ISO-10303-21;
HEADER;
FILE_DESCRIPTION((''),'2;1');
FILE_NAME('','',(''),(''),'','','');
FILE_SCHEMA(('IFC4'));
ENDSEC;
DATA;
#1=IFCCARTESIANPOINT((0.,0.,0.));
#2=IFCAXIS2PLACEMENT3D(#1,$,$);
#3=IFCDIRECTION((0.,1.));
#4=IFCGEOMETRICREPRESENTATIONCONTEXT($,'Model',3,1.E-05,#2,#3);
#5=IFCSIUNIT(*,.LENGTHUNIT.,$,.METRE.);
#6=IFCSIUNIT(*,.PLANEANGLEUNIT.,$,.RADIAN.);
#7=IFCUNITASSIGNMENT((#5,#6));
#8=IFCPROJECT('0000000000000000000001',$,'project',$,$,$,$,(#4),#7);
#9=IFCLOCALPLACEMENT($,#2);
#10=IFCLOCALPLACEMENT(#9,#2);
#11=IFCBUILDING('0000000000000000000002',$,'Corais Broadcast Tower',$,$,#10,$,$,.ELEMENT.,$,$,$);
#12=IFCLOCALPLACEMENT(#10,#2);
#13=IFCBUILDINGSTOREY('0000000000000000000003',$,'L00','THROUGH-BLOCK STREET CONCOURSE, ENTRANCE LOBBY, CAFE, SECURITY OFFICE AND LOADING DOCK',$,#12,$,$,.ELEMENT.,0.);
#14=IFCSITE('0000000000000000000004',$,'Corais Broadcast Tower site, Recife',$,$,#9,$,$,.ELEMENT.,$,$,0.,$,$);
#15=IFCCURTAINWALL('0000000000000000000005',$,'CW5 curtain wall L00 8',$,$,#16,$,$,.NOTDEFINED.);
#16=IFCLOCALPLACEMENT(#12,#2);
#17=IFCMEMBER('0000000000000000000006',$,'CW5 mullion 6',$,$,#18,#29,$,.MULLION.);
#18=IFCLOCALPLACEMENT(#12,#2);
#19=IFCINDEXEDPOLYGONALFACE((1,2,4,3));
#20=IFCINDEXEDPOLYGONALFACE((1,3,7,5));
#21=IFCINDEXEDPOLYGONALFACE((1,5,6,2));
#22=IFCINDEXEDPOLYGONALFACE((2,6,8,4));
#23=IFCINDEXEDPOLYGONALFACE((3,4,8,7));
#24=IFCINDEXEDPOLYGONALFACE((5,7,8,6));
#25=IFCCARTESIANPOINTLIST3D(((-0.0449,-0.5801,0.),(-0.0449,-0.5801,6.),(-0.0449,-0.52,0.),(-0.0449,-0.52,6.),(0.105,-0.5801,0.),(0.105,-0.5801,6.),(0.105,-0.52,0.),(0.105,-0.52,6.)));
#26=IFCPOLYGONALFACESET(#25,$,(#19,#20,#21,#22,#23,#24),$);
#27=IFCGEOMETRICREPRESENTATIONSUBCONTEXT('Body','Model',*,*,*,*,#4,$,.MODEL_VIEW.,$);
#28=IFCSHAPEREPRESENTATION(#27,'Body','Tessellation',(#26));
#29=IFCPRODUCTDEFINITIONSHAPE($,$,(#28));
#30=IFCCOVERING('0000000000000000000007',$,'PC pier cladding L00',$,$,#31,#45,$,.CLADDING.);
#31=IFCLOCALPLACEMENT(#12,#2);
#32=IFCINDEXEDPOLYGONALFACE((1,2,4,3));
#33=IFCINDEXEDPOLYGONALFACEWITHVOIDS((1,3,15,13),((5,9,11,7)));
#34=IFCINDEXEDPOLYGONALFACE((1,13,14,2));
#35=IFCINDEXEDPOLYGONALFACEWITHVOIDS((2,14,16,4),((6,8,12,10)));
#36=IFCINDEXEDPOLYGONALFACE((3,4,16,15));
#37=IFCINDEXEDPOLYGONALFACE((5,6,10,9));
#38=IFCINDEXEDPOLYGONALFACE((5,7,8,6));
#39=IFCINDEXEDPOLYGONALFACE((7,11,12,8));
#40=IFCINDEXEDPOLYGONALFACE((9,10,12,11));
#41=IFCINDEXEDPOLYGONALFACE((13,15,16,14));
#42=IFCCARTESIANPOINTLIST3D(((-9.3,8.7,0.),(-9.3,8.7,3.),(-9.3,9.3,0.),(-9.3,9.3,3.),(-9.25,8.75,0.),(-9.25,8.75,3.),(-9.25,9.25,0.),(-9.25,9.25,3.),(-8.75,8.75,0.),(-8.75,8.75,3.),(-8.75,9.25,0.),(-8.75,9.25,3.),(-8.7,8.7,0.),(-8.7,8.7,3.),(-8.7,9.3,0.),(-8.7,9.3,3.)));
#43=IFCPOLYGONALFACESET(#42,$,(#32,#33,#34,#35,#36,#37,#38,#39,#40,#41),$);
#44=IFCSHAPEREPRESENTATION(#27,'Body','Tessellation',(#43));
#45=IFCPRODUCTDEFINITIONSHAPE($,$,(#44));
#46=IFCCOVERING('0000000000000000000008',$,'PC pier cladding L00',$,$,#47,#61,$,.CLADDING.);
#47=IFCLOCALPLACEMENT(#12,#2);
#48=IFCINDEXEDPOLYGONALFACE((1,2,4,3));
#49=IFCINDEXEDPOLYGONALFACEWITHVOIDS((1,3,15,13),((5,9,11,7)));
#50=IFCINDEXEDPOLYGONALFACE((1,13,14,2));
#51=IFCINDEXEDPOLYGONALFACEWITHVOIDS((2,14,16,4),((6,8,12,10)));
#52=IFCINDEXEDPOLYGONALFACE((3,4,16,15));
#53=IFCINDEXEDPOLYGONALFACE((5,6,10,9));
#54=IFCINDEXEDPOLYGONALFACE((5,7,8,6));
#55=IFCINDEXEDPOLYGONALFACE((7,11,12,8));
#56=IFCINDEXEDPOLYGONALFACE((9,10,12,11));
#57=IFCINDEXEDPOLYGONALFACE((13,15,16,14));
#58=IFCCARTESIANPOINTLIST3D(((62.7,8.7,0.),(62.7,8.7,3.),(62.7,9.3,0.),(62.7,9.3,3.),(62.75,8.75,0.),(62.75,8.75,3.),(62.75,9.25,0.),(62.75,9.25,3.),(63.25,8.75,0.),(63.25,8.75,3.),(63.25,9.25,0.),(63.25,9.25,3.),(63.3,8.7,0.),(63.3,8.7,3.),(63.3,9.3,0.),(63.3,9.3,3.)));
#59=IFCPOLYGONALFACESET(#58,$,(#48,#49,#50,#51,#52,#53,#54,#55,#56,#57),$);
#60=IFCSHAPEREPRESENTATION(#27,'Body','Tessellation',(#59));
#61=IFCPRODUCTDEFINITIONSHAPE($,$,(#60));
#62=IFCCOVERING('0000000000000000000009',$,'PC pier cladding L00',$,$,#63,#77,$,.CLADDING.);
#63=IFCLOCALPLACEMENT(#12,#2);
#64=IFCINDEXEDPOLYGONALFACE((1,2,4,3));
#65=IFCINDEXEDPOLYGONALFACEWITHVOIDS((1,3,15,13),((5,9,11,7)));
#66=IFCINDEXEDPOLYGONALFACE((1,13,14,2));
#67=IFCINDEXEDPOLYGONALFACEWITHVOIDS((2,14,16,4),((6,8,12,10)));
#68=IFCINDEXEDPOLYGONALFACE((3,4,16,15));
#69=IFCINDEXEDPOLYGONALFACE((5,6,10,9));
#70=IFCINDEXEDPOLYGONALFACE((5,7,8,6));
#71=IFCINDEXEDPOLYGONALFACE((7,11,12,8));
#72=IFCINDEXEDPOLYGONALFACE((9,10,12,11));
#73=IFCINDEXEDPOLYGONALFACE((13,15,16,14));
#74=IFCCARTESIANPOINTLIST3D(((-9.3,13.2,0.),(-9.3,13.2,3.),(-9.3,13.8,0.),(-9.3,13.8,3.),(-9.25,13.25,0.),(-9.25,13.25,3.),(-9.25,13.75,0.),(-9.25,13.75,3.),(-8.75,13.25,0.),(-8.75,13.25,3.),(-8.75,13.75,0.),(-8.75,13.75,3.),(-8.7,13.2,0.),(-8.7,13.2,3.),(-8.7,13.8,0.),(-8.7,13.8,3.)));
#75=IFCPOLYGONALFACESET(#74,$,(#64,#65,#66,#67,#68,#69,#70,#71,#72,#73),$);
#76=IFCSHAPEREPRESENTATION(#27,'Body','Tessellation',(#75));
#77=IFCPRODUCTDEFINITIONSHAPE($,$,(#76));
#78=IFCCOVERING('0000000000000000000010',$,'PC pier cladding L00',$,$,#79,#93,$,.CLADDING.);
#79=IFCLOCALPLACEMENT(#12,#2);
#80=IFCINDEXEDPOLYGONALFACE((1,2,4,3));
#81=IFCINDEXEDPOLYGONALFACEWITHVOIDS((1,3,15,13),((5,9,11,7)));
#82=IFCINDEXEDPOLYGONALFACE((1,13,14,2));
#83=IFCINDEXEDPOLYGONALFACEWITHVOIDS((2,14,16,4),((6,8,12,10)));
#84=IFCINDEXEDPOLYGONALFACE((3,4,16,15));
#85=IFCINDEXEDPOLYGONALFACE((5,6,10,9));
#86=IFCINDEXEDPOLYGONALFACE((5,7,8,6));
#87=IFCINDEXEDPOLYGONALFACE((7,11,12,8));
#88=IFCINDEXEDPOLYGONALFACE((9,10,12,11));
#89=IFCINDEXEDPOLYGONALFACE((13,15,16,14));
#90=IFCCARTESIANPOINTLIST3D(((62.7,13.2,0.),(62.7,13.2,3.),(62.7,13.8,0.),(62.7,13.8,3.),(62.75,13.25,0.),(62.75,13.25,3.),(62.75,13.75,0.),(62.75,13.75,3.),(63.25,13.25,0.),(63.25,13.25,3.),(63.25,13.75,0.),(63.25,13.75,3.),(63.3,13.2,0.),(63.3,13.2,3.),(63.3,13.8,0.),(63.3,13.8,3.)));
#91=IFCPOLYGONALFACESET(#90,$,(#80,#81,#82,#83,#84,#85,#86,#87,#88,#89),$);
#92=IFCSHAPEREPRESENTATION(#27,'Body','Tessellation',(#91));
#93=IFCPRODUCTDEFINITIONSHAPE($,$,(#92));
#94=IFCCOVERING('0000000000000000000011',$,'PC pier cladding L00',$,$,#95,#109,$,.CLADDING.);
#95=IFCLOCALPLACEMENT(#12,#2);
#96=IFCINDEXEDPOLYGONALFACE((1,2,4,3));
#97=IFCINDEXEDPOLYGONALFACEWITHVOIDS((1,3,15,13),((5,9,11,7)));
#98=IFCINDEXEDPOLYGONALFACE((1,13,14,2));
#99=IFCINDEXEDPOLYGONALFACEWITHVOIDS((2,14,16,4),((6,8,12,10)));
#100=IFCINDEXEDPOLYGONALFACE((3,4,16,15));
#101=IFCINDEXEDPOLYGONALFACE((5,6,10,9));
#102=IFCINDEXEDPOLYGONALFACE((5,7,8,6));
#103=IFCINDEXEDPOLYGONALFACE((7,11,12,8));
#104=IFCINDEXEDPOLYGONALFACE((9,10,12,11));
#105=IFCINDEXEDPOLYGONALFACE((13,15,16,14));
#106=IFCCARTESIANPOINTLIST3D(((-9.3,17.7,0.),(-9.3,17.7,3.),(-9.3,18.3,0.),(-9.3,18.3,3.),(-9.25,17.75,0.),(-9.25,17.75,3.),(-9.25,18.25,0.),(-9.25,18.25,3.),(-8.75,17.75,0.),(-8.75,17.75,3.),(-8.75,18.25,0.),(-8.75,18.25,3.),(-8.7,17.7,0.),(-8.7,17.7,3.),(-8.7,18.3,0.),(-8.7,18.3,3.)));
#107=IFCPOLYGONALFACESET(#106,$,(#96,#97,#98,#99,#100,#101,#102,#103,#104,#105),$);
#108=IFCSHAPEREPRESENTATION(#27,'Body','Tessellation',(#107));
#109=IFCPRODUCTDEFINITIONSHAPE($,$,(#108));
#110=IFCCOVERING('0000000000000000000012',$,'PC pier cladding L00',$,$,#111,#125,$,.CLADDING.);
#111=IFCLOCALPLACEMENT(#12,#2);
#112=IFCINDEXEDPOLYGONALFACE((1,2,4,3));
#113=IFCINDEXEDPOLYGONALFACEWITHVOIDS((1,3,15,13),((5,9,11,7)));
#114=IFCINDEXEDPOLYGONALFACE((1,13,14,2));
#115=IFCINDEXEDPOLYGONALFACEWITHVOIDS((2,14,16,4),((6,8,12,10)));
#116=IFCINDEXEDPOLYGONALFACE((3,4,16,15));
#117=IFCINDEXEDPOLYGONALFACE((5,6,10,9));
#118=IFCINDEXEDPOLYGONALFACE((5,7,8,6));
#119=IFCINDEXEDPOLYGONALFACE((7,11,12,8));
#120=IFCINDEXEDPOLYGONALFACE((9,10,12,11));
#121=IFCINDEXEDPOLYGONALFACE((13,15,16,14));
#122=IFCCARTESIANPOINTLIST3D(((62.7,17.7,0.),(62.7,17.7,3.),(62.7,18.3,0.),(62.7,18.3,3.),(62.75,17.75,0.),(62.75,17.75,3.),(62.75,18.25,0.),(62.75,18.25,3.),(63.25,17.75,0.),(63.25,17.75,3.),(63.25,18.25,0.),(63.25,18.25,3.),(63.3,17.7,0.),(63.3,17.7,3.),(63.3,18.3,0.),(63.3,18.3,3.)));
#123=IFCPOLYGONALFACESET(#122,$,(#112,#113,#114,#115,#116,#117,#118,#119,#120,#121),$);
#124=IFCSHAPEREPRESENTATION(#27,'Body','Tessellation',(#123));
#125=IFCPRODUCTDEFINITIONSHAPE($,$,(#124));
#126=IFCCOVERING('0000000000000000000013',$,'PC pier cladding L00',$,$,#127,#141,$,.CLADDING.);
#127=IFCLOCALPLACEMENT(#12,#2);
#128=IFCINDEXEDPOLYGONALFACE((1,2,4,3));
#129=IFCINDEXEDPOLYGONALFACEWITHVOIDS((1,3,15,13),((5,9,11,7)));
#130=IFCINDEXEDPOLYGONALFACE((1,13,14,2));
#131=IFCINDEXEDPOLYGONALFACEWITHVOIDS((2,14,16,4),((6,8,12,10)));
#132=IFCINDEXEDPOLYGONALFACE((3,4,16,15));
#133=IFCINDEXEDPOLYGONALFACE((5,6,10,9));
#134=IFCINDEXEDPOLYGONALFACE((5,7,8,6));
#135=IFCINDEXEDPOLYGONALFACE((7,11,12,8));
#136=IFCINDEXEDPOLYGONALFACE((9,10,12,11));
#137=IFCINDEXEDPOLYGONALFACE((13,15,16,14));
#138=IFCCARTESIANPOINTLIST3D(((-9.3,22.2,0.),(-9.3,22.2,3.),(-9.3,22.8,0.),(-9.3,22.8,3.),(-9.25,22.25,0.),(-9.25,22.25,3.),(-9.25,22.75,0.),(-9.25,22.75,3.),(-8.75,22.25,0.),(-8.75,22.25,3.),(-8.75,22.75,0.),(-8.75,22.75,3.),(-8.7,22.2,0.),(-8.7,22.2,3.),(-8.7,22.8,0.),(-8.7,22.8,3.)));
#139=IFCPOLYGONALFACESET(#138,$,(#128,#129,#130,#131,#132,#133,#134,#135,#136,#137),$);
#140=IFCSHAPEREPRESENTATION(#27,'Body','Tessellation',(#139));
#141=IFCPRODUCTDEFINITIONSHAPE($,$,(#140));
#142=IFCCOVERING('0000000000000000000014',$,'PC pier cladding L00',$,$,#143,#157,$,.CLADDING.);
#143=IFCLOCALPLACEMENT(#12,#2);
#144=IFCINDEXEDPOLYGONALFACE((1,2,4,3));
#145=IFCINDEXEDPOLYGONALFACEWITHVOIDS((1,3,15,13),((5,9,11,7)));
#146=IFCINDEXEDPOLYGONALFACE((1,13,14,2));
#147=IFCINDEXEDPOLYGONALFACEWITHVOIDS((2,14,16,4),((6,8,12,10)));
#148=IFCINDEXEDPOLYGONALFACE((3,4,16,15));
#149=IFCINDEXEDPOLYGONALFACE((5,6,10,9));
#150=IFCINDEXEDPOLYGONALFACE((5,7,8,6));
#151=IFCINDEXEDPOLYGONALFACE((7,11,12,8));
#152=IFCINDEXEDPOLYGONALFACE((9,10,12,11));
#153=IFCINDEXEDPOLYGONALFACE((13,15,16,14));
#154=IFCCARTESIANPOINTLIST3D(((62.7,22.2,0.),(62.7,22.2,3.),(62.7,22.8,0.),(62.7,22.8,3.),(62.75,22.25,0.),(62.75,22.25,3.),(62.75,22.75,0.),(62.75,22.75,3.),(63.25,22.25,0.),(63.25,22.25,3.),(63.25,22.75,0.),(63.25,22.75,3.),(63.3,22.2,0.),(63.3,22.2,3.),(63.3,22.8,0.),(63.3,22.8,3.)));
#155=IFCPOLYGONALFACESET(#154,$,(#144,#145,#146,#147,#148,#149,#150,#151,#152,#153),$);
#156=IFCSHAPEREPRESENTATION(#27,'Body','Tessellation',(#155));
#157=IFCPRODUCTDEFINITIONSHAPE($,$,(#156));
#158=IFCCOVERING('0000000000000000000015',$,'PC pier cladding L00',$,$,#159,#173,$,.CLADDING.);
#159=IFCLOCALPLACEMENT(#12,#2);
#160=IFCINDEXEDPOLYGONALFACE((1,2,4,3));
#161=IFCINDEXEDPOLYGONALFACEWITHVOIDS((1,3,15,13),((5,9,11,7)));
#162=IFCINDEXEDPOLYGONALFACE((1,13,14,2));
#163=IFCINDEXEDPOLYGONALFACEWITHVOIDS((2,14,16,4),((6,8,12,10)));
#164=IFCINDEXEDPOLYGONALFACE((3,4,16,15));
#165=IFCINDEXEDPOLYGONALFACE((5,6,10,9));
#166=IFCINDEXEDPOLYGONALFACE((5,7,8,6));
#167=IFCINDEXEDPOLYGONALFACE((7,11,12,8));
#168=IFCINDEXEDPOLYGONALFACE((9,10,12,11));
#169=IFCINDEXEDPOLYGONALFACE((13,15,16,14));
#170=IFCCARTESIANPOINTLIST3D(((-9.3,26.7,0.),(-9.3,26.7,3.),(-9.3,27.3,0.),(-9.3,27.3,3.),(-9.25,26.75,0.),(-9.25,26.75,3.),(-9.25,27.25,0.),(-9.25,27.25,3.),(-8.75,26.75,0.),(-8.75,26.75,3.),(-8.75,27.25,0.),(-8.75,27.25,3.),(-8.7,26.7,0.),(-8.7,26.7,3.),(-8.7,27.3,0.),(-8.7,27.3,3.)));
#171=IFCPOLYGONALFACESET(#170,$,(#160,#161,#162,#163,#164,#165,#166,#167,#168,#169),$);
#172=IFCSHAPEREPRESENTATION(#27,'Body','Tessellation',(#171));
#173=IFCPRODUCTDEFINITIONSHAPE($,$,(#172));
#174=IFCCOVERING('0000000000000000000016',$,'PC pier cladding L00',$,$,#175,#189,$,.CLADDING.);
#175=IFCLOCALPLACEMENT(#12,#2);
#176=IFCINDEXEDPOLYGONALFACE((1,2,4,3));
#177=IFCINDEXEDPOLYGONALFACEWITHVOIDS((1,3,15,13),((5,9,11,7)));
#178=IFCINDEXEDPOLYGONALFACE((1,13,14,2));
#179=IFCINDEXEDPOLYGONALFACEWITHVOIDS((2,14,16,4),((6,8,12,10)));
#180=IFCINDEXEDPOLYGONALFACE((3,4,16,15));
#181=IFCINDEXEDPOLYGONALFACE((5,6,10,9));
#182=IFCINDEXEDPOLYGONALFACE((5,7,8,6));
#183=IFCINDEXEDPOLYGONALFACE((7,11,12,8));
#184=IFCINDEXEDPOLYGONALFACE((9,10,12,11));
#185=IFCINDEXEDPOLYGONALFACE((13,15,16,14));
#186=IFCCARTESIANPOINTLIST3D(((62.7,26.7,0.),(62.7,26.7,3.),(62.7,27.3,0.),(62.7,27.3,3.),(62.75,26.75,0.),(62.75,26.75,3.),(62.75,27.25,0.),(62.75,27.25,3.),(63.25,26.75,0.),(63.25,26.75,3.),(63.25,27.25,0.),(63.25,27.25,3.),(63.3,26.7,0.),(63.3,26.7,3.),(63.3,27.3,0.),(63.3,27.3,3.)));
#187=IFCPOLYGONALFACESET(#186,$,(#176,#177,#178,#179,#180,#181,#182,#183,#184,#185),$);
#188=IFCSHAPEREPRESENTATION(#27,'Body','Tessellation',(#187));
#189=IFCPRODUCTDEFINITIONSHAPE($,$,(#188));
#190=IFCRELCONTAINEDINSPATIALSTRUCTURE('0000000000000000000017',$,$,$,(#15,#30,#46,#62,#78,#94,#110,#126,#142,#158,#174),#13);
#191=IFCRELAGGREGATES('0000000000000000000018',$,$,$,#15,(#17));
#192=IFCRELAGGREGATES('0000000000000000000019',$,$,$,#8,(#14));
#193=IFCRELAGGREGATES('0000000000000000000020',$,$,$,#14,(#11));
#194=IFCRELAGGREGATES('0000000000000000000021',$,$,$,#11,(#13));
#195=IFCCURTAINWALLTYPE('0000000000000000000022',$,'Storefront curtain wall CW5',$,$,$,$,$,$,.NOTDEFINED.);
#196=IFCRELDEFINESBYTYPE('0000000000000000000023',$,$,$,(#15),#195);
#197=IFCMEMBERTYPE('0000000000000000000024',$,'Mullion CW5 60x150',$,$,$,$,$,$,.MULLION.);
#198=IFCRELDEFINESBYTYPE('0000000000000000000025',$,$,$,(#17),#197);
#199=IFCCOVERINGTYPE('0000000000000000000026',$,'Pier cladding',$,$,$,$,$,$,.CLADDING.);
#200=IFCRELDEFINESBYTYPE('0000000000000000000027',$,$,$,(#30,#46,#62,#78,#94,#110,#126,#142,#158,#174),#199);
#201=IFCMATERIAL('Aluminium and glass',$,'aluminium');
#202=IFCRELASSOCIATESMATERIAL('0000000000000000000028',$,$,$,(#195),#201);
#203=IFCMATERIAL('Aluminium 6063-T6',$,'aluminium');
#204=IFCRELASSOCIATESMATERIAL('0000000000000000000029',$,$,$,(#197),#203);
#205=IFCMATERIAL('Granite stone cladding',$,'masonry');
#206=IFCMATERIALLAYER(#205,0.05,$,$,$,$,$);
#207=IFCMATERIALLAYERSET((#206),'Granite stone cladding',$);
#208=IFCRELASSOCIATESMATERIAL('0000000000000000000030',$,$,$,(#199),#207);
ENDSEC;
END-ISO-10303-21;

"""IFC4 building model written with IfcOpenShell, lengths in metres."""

from ifc_helpers import new_model, si_unit, direction, frame, origin, origin_2d, place, context, subcontext, project, spatial, polyline, rectangle, outline, extrude, material, layer, layer_set, material_profile, profile_set, type_object, element, aggregate, save


model = new_model("IFC4")

# Units and contexts
model_context = context("Model", 3, precision=1e-05, world=origin(), true_north=direction((0.0, 1.0)))
body_context = subcontext(model_context, "Body", "Model", "MODEL_VIEW")
ifc_project = project(units=[si_unit("LENGTHUNIT", "METRE"), si_unit("PLANEANGLEUNIT", "RADIAN")], contexts=[model_context])

# Site, building, storey
site_placement = place(None, origin())
site = spatial("IfcSite", under=ifc_project, at=site_placement, Name="Corais Broadcast Tower site, Recife", CompositionType="ELEMENT", RefElevation=0.0)
building_placement = place(site_placement, origin())
building = spatial("IfcBuilding", under=site, at=building_placement, Name="Corais Broadcast Tower", CompositionType="ELEMENT")
storey_placement = place(building_placement, origin())
storey = spatial("IfcBuildingStorey", under=building, at=storey_placement, Name="L00", Description="THROUGH-BLOCK STREET CONCOURSE, ENTRANCE LOBBY, CAFE, SECURITY OFFICE AND LOADING DOCK", CompositionType="ELEMENT", Elevation=0.0)

# Curtain wall, member
ifc_material_1 = material(Name="Aluminium and glass", Category="aluminium")
curtain_wall_type = type_object("IfcCurtainWallType", Name="Storefront curtain wall CW5", PredefinedType="NOTDEFINED", material=ifc_material_1)
curtain_wall_placement = place(storey_placement, origin())
curtain_wall = element("IfcCurtainWall", 1, at=curtain_wall_placement, inside=storey, type_object=curtain_wall_type, Name="CW5 curtain wall L00 8", PredefinedType="NOTDEFINED")
ifc_material_2 = material(Name="Aluminium 6063-T6", Category="aluminium")
ifc_material_profile = material_profile(ifc_material_2, rectangle(XDim=0.0601, YDim=0.1499, at=origin_2d()), Name="Mullion CW5 60x150")
ifc_profile_set = profile_set([ifc_material_profile], Name="Aluminium 6063-T6")
member_type = type_object("IfcMemberType", Name="Mullion CW5 60x150", PredefinedType="MULLION", material=ifc_profile_set)
member_placement = place(storey_placement, frame((0.03, -0.55, 0.0), z_axis=(0.0, 0.0, 1.0), x_axis=(0.0, -1.0, 0.0)))
member = element("IfcMember", 2, at=member_placement, type_object=member_type, Name="CW5 mullion 6", PredefinedType="MULLION", context=body_context, shape_type="SweptSolid", body=[
    extrude(rectangle(XDim=0.0601, YDim=0.1499, at=origin_2d()), origin(), (0.0, 0.0, 1.0), 6.0),
])
aggregate(curtain_wall, [member])

# Coverings
ifc_material_3 = material(Name="Granite stone cladding", Category="masonry")
ifc_layer = layer(ifc_material_3, 0.05)
ifc_layer_set = layer_set([ifc_layer], Name="Granite stone cladding")
covering_type = type_object("IfcCoveringType", Name="Pier cladding", PredefinedType="CLADDING", material=ifc_layer_set)
covering_1_placement = place(storey_placement, origin())
element("IfcCovering", 3, at=covering_1_placement, inside=storey, type_object=covering_type, Name="PC pier cladding L00", PredefinedType="CLADDING", context=body_context, shape_type="SweptSolid", body=[
    extrude(outline(polyline([(-9.3, 8.7), (-8.7, 8.7), (-8.7, 9.3), (-9.3, 9.3), (-9.3, 8.7)]), holes=[polyline([(-9.25, 8.75), (-8.75, 8.75), (-8.75, 9.25), (-9.25, 9.25), (-9.25, 8.75)])]), origin(), (0.0, 0.0, 1.0), 3.0),
])
covering_2_placement = place(storey_placement, origin())
element("IfcCovering", 4, at=covering_2_placement, inside=storey, type_object=covering_type, Name="PC pier cladding L00", PredefinedType="CLADDING", context=body_context, shape_type="SweptSolid", body=[
    extrude(outline(polyline([(62.7, 8.7), (63.3, 8.7), (63.3, 9.3), (62.7, 9.3), (62.7, 8.7)]), holes=[polyline([(62.75, 8.75), (63.25, 8.75), (63.25, 9.25), (62.75, 9.25), (62.75, 8.75)])]), origin(), (0.0, 0.0, 1.0), 3.0),
])
covering_3_placement = place(storey_placement, origin())
element("IfcCovering", 5, at=covering_3_placement, inside=storey, type_object=covering_type, Name="PC pier cladding L00", PredefinedType="CLADDING", context=body_context, shape_type="SweptSolid", body=[
    extrude(outline(polyline([(-9.3, 13.2), (-8.7, 13.2), (-8.7, 13.8), (-9.3, 13.8), (-9.3, 13.2)]), holes=[polyline([(-9.25, 13.25), (-8.75, 13.25), (-8.75, 13.75), (-9.25, 13.75), (-9.25, 13.25)])]), origin(), (0.0, 0.0, 1.0), 3.0),
])
covering_4_placement = place(storey_placement, origin())
element("IfcCovering", 6, at=covering_4_placement, inside=storey, type_object=covering_type, Name="PC pier cladding L00", PredefinedType="CLADDING", context=body_context, shape_type="SweptSolid", body=[
    extrude(outline(polyline([(62.7, 13.2), (63.3, 13.2), (63.3, 13.8), (62.7, 13.8), (62.7, 13.2)]), holes=[polyline([(62.75, 13.25), (63.25, 13.25), (63.25, 13.75), (62.75, 13.75), (62.75, 13.25)])]), origin(), (0.0, 0.0, 1.0), 3.0),
])
covering_5_placement = place(storey_placement, origin())
element("IfcCovering", 7, at=covering_5_placement, inside=storey, type_object=covering_type, Name="PC pier cladding L00", PredefinedType="CLADDING", context=body_context, shape_type="SweptSolid", body=[
    extrude(outline(polyline([(-9.3, 17.7), (-8.7, 17.7), (-8.7, 18.3), (-9.3, 18.3), (-9.3, 17.7)]), holes=[polyline([(-9.25, 17.75), (-8.75, 17.75), (-8.75, 18.25), (-9.25, 18.25), (-9.25, 17.75)])]), origin(), (0.0, 0.0, 1.0), 3.0),
])
covering_6_placement = place(storey_placement, origin())
element("IfcCovering", 8, at=covering_6_placement, inside=storey, type_object=covering_type, Name="PC pier cladding L00", PredefinedType="CLADDING", context=body_context, shape_type="SweptSolid", body=[
    extrude(outline(polyline([(62.7, 17.7), (63.3, 17.7), (63.3, 18.3), (62.7, 18.3), (62.7, 17.7)]), holes=[polyline([(62.75, 17.75), (63.25, 17.75), (63.25, 18.25), (62.75, 18.25), (62.75, 17.75)])]), origin(), (0.0, 0.0, 1.0), 3.0),
])
covering_7_placement = place(storey_placement, origin())
element("IfcCovering", 9, at=covering_7_placement, inside=storey, type_object=covering_type, Name="PC pier cladding L00", PredefinedType="CLADDING", context=body_context, shape_type="SweptSolid", body=[
    extrude(outline(polyline([(-9.3, 22.2), (-8.7, 22.2), (-8.7, 22.8), (-9.3, 22.8), (-9.3, 22.2)]), holes=[polyline([(-9.25, 22.25), (-8.75, 22.25), (-8.75, 22.75), (-9.25, 22.75), (-9.25, 22.25)])]), origin(), (0.0, 0.0, 1.0), 3.0),
])
covering_8_placement = place(storey_placement, origin())
element("IfcCovering", 10, at=covering_8_placement, inside=storey, type_object=covering_type, Name="PC pier cladding L00", PredefinedType="CLADDING", context=body_context, shape_type="SweptSolid", body=[
    extrude(outline(polyline([(62.7, 22.2), (63.3, 22.2), (63.3, 22.8), (62.7, 22.8), (62.7, 22.2)]), holes=[polyline([(62.75, 22.25), (63.25, 22.25), (63.25, 22.75), (62.75, 22.75), (62.75, 22.25)])]), origin(), (0.0, 0.0, 1.0), 3.0),
])
covering_9_placement = place(storey_placement, origin())
element("IfcCovering", 11, at=covering_9_placement, inside=storey, type_object=covering_type, Name="PC pier cladding L00", PredefinedType="CLADDING", context=body_context, shape_type="SweptSolid", body=[
    extrude(outline(polyline([(-9.3, 26.7), (-8.7, 26.7), (-8.7, 27.3), (-9.3, 27.3), (-9.3, 26.7)]), holes=[polyline([(-9.25, 26.75), (-8.75, 26.75), (-8.75, 27.25), (-9.25, 27.25), (-9.25, 26.75)])]), origin(), (0.0, 0.0, 1.0), 3.0),
])
covering_10_placement = place(storey_placement, origin())
element("IfcCovering", 12, at=covering_10_placement, inside=storey, type_object=covering_type, Name="PC pier cladding L00", PredefinedType="CLADDING", context=body_context, shape_type="SweptSolid", body=[
    extrude(outline(polyline([(62.7, 26.7), (63.3, 26.7), (63.3, 27.3), (62.7, 27.3), (62.7, 26.7)]), holes=[polyline([(62.75, 26.75), (63.25, 26.75), (63.25, 27.25), (62.75, 27.25), (62.75, 26.75)])]), origin(), (0.0, 0.0, 1.0), 3.0),
])

save(model, "model.ifc")
